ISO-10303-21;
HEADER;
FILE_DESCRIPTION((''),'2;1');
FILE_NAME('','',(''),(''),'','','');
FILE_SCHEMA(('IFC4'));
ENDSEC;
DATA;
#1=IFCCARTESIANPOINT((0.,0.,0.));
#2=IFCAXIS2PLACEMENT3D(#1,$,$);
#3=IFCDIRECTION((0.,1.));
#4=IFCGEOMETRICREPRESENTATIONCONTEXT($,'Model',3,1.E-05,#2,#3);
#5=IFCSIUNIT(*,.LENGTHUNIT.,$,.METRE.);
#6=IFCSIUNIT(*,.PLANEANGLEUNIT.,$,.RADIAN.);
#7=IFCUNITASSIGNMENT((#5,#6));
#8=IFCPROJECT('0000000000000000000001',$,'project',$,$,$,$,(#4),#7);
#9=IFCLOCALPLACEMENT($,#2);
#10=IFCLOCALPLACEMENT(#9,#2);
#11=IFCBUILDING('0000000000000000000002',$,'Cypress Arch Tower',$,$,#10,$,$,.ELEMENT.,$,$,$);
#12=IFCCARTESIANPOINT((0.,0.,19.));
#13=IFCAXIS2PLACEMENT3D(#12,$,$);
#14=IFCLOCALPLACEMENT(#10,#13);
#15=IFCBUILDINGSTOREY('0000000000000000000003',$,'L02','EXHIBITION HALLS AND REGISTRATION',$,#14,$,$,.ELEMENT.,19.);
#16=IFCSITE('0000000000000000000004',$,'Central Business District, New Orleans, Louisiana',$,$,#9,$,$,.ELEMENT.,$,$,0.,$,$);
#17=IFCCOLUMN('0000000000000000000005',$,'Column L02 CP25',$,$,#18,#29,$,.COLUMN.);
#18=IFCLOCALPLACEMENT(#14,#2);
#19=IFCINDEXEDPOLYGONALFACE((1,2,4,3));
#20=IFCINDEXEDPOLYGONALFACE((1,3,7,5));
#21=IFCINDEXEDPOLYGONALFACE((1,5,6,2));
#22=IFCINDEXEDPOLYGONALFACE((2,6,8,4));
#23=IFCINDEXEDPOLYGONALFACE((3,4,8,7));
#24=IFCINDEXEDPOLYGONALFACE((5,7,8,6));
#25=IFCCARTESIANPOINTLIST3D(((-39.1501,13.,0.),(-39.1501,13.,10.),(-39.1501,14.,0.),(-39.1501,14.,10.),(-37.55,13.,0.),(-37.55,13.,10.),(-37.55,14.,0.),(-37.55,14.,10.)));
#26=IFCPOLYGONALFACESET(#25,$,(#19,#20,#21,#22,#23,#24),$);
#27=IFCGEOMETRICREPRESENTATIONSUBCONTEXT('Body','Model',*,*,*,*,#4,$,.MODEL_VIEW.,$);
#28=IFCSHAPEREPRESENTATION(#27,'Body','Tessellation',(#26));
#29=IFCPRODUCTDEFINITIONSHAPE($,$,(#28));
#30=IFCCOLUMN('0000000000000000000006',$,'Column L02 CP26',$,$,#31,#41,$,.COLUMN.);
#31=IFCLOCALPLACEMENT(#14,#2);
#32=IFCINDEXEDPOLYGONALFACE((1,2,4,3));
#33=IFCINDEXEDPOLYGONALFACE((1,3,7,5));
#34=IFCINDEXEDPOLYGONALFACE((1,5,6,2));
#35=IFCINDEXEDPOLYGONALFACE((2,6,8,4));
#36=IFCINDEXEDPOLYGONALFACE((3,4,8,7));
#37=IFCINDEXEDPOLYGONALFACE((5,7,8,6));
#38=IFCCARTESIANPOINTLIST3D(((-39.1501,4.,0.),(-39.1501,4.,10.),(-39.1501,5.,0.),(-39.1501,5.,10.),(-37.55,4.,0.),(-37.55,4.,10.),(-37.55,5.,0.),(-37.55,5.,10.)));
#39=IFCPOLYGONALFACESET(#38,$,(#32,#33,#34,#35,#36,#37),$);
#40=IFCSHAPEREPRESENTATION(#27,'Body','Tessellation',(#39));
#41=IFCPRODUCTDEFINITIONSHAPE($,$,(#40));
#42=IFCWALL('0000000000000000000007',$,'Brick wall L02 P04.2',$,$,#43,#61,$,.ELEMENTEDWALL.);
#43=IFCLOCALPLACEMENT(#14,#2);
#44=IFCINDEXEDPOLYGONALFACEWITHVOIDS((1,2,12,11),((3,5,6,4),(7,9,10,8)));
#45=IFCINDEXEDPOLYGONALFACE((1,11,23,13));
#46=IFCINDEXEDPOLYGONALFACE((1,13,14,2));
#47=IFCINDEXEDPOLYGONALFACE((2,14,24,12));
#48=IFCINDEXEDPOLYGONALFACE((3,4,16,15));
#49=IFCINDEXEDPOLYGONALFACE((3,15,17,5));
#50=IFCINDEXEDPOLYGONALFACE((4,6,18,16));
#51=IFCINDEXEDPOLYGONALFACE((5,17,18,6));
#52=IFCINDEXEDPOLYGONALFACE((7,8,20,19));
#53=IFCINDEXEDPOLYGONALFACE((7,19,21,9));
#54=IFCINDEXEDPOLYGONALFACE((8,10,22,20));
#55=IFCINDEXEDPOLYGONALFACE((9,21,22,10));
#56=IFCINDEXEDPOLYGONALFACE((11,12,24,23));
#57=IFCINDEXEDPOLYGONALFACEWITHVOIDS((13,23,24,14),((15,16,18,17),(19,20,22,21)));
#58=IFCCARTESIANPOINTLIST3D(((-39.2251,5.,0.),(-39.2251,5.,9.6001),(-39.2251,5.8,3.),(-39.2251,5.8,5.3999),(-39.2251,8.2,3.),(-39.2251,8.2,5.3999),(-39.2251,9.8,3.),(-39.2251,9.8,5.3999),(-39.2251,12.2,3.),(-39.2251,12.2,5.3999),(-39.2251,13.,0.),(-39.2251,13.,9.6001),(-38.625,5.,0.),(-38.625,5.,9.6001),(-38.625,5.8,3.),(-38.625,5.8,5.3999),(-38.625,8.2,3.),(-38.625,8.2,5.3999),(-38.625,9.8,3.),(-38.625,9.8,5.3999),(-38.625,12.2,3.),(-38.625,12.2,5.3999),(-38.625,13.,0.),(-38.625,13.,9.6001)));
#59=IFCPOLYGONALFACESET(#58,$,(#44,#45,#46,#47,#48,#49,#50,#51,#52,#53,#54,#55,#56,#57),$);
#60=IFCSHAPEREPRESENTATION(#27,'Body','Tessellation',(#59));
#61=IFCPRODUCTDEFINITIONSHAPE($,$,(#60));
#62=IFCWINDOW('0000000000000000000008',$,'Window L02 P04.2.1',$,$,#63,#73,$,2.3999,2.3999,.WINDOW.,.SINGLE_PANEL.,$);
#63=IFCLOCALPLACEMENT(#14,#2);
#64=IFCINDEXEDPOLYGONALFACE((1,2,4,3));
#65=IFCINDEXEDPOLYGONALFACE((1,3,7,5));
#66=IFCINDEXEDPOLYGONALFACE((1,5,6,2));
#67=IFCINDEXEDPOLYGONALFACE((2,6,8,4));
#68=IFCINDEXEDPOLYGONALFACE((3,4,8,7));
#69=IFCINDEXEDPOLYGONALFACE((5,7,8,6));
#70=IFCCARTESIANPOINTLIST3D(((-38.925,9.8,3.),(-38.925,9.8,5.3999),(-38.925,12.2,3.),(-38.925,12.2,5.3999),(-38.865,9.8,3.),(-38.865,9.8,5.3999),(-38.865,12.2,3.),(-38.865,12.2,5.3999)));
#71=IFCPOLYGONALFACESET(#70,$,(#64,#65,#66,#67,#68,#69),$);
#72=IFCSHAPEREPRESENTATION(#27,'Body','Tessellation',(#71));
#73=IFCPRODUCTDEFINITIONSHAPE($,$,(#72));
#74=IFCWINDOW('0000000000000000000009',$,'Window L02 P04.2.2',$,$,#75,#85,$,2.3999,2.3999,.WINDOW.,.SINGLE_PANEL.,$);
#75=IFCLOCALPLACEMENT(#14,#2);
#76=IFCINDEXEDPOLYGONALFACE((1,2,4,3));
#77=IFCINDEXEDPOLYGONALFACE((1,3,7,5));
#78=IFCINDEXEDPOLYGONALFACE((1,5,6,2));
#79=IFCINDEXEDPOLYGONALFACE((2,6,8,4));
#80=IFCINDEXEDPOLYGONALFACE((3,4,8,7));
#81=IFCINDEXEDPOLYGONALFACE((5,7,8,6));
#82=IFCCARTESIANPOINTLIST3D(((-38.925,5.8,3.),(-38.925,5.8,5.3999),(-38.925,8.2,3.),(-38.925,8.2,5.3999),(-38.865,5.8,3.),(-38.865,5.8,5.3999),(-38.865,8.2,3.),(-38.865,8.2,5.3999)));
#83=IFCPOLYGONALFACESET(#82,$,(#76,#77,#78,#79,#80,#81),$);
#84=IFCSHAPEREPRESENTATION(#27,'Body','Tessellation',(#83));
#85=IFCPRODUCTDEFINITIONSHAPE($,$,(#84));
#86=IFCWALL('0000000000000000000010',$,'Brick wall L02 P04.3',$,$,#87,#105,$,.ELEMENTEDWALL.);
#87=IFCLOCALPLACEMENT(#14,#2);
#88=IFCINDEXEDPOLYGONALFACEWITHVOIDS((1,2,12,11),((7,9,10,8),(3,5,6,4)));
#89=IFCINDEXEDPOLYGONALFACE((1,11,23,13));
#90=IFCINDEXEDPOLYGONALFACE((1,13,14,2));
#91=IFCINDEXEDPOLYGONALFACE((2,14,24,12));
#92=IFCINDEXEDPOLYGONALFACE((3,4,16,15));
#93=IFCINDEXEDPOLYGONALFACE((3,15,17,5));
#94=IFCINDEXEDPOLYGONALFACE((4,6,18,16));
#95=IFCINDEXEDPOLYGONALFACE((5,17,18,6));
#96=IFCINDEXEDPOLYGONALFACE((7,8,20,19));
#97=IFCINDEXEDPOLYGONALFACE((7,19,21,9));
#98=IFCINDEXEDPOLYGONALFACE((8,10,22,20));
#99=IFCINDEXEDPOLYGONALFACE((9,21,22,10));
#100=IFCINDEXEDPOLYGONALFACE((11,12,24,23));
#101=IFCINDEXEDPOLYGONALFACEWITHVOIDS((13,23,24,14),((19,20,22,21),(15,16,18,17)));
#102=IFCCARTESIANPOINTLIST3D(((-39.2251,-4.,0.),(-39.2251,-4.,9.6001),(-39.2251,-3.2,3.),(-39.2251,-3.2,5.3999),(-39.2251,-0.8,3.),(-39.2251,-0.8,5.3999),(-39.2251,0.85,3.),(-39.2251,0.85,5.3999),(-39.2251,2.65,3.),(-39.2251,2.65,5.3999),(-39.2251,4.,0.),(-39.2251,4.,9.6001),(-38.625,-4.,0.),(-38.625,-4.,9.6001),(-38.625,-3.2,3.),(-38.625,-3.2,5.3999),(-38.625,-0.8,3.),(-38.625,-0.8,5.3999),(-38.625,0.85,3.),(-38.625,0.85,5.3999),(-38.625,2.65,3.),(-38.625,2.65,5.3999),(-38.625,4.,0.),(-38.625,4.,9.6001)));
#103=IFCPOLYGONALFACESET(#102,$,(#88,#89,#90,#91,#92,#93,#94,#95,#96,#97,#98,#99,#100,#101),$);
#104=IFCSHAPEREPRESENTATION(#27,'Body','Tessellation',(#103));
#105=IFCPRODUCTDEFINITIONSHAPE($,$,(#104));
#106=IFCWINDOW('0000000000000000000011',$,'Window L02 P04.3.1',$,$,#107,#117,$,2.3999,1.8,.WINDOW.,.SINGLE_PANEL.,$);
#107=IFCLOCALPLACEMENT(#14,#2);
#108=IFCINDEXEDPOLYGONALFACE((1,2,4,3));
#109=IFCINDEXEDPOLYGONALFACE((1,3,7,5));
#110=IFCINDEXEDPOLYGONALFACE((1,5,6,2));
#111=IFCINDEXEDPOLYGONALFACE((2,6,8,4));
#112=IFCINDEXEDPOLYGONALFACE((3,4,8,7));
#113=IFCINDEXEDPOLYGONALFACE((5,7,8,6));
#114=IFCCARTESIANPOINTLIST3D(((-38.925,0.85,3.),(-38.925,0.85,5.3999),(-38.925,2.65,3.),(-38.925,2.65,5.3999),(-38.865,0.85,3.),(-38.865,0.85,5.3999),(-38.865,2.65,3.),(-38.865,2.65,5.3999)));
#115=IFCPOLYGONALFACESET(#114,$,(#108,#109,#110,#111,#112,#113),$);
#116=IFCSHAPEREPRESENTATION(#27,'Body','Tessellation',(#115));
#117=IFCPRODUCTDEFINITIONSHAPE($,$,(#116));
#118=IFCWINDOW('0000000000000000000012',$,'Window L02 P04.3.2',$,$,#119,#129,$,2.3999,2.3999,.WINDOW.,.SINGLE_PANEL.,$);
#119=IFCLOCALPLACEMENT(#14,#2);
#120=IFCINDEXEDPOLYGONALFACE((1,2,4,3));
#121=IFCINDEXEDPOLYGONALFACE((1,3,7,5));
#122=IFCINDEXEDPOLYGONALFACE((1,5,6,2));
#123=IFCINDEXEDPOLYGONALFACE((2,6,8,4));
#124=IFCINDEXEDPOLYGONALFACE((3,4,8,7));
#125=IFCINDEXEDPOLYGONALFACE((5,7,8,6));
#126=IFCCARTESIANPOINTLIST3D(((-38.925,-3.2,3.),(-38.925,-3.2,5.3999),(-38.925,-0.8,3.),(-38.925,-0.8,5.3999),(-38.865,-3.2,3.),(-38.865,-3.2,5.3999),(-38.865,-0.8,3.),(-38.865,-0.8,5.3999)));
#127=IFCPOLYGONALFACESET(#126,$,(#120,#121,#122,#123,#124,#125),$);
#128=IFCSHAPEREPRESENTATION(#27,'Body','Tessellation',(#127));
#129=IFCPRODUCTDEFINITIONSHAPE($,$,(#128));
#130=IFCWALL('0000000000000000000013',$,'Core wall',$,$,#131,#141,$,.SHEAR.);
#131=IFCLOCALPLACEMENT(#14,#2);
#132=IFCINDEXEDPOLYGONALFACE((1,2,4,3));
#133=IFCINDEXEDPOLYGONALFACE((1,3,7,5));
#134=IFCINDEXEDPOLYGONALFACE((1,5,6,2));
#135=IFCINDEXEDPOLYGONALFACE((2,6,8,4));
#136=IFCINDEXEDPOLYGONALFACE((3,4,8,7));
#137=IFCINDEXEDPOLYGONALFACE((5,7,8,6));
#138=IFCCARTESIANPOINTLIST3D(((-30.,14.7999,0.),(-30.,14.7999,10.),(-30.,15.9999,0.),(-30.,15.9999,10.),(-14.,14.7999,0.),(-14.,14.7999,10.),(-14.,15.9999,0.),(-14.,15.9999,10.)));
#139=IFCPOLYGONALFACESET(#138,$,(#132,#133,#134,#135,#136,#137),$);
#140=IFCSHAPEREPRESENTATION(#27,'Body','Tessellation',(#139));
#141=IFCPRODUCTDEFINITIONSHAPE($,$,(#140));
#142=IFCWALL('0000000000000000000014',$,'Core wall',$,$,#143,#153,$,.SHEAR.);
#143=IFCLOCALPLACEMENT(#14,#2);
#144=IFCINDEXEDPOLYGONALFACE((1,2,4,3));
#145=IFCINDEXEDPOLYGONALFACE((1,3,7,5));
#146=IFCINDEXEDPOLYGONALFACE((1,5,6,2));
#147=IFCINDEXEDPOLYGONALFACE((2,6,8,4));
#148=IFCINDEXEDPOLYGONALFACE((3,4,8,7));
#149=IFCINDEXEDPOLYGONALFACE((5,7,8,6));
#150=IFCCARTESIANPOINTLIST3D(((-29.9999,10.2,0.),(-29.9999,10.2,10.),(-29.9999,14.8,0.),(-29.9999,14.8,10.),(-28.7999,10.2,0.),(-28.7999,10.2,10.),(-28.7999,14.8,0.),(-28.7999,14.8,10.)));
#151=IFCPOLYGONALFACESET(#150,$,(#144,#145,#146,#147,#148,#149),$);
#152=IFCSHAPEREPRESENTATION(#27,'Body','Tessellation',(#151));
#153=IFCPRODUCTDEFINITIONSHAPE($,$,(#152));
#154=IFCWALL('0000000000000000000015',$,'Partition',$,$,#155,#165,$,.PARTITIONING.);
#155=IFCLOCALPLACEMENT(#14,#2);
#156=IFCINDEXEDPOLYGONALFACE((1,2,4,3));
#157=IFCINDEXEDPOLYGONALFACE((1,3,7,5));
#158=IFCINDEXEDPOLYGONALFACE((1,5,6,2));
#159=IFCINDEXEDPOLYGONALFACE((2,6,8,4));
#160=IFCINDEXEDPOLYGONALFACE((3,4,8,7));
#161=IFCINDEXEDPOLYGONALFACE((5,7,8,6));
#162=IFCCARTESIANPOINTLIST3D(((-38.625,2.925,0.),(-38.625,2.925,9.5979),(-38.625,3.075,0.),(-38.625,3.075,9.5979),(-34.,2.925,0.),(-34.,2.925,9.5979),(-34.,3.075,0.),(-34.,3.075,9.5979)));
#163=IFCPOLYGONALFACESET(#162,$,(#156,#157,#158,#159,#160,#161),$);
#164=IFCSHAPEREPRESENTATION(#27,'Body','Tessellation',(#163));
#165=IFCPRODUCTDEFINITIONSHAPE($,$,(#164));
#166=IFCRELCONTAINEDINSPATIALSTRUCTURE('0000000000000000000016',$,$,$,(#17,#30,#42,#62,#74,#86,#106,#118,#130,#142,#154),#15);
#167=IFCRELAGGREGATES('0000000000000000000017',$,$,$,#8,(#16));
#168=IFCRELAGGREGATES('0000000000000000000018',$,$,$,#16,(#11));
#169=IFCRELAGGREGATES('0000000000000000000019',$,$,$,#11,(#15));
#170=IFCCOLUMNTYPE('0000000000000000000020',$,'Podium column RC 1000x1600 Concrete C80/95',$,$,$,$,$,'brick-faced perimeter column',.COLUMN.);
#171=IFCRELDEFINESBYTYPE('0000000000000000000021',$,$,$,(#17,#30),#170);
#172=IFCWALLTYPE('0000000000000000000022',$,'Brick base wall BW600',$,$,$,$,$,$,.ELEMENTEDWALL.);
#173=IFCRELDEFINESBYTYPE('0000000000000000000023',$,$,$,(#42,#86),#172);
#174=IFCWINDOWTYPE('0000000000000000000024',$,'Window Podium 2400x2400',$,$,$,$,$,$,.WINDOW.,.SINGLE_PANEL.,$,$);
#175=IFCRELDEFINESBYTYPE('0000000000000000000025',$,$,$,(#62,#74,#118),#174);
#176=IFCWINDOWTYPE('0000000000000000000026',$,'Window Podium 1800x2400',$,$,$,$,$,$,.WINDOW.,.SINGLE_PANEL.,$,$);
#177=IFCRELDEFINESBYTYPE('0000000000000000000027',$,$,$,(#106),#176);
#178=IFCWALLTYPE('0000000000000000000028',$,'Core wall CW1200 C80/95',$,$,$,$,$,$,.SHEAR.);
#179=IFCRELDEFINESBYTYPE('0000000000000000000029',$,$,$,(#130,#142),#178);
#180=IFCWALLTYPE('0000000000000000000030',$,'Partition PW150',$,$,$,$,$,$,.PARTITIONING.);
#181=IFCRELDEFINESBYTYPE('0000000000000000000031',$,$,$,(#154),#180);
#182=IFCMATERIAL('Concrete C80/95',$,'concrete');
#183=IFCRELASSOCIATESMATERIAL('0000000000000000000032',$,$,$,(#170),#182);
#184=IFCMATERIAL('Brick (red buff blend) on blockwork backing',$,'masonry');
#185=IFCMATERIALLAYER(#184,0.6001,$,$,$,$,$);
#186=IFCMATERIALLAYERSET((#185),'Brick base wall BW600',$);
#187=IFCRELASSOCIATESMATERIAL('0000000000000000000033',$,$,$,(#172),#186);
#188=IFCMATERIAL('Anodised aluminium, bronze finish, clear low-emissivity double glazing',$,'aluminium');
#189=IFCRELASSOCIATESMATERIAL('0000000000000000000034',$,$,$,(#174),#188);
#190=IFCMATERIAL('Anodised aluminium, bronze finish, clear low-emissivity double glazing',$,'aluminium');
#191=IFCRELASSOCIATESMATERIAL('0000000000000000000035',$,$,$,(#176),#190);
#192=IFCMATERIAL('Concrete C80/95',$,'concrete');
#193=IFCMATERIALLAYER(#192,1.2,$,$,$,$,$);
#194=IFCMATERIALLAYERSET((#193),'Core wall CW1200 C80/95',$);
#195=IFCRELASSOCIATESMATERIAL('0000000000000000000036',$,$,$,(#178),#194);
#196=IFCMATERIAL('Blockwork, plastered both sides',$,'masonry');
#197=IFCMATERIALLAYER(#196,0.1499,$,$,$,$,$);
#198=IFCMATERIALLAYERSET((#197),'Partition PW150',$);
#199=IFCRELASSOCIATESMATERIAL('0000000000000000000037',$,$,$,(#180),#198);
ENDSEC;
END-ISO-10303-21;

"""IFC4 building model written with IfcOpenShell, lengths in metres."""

from ifc_helpers import new_model, si_unit, direction, frame, frame_2d, origin, origin_2d, place, context, subcontext, project, spatial, rectangle, extrude, material, layer, layer_set, material_profile, profile_set, type_object, element, fill, save


model = new_model("IFC4")

# Units and contexts
model_context = context("Model", 3, precision=1e-05, world=origin(), true_north=direction((0.0, 1.0)))
body_context = subcontext(model_context, "Body", "Model", "MODEL_VIEW")
ifc_project = project(units=[si_unit("LENGTHUNIT", "METRE"), si_unit("PLANEANGLEUNIT", "RADIAN")], contexts=[model_context])

# Site, building, storey
site_placement = place(None, origin())
site = spatial("IfcSite", under=ifc_project, at=site_placement, Name="Central Business District, New Orleans, Louisiana", CompositionType="ELEMENT", RefElevation=0.0)
building_placement = place(site_placement, origin())
building = spatial("IfcBuilding", under=site, at=building_placement, Name="Cypress Arch Tower", CompositionType="ELEMENT")
storey_placement = place(building_placement, frame((0.0, 0.0, 19.0)))
storey = spatial("IfcBuildingStorey", under=building, at=storey_placement, Name="L02", Description="EXHIBITION HALLS AND REGISTRATION", CompositionType="ELEMENT", Elevation=19.0)

# Columns
ifc_material_1 = material(Name="Concrete C80/95", Category="concrete")
ifc_material_profile = material_profile(ifc_material_1, rectangle(XDim=1.0, YDim=1.6001, at=origin_2d()), Name="RC 1000x1600")
ifc_profile_set = profile_set([ifc_material_profile], Name="Concrete C80/95")
column_type = type_object("IfcColumnType", Name="Podium column RC 1000x1600 Concrete C80/95", ElementType="brick-faced perimeter column", PredefinedType="COLUMN", material=ifc_profile_set)
for number, where, z_axis, x_axis, name in (
    (1, (-38.3501, 13.5, 0.0), (0.0, 0.0, 1.0), (0.0, -1.0, 0.0), "Column L02 CP25"),
    (2, (-38.3501, 4.5, 0.0), (0.0, 0.0, 1.0), (0.0, -1.0, 0.0), "Column L02 CP26"),
):
    element("IfcColumn", number, at=place(storey_placement, frame(where, z_axis=z_axis, x_axis=x_axis)), inside=storey, type_object=column_type, Name=name, PredefinedType="COLUMN", context=body_context, shape_type="SweptSolid", body=[
        extrude(rectangle(XDim=1.0, YDim=1.6001, at=origin_2d()), origin(), (0.0, 0.0, 1.0), 10.0),
    ])

# Walls, openings, windows
ifc_material_2 = material(Name="Brick (red buff blend) on blockwork backing", Category="masonry")
ifc_layer_1 = layer(ifc_material_2, 0.6001)
ifc_layer_set_1 = layer_set([ifc_layer_1], Name="Brick base wall BW600")
wall_type_1 = type_object("IfcWallType", Name="Brick base wall BW600", PredefinedType="ELEMENTEDWALL", material=ifc_layer_set_1)
wall_1_placement = place(storey_placement, frame((-38.925, 13.0, 0.0), z_axis=(0.0, 0.0, 1.0), x_axis=(0.0, -1.0, 0.0)))
wall_1 = element("IfcWall", 3, at=wall_1_placement, inside=storey, type_object=wall_type_1, Name="Brick wall L02 P04.2", PredefinedType="ELEMENTEDWALL", context=body_context, shape_type="SweptSolid", body=[
    extrude(rectangle(XDim=8.0, YDim=0.6001, at=frame_2d((4.0, 0.0))), origin(), (0.0, 0.0, 1.0), 9.6001),
])
opening_1_placement = place(wall_1_placement, frame((0.8, 0.0, 3.0)))
opening_1 = element("IfcOpeningElement", 4, at=opening_1_placement, cuts=wall_1, PredefinedType="OPENING", context=body_context, shape_type="SweptSolid", body=[
    extrude(rectangle(XDim=2.3999, YDim=2.3999, at=frame_2d((1.2, 1.2))), frame((0.0, 0.3101, 0.0), z_axis=(0.0, -1.0, 0.0), x_axis=(1.0, 0.0, 0.0)), (0.0, 0.0, 1.0), 0.6201),
])
opening_2_placement = place(wall_1_placement, frame((4.8, 0.0, 3.0)))
opening_2 = element("IfcOpeningElement", 5, at=opening_2_placement, cuts=wall_1, PredefinedType="OPENING", context=body_context, shape_type="SweptSolid", body=[
    extrude(rectangle(XDim=2.3999, YDim=2.3999, at=frame_2d((1.2, 1.2))), frame((0.0, 0.3101, 0.0), z_axis=(0.0, -1.0, 0.0), x_axis=(1.0, 0.0, 0.0)), (0.0, 0.0, 1.0), 0.6201),
])
ifc_material_3 = material(Name="Anodised aluminium, bronze finish, clear low-emissivity double glazing", Category="aluminium")
window_type_1 = type_object("IfcWindowType", Name="Window Podium 2400x2400", PartitioningType="SINGLE_PANEL", PredefinedType="WINDOW", material=ifc_material_3)
window_1_placement = place(opening_1_placement, origin())
window_1 = element("IfcWindow", 6, at=window_1_placement, inside=storey, type_object=window_type_1, Name="Window L02 P04.2.1", OverallHeight=2.3999, OverallWidth=2.3999, PartitioningType="SINGLE_PANEL", PredefinedType="WINDOW", context=body_context, shape_type="SweptSolid", body=[
    extrude(rectangle(XDim=2.3999, YDim=2.3999, at=frame_2d((1.2, 1.2))), frame((0.0, 0.0601, 0.0), z_axis=(0.0, -1.0, 0.0), x_axis=(1.0, 0.0, 0.0)), (0.0, 0.0, 1.0), 0.0601),
])
fill(opening_1, window_1)
window_2_placement = place(opening_2_placement, origin())
window_2 = element("IfcWindow", 7, at=window_2_placement, inside=storey, type_object=window_type_1, Name="Window L02 P04.2.2", OverallHeight=2.3999, OverallWidth=2.3999, PartitioningType="SINGLE_PANEL", PredefinedType="WINDOW", context=body_context, shape_type="SweptSolid", body=[
    extrude(rectangle(XDim=2.3999, YDim=2.3999, at=frame_2d((1.2, 1.2))), frame((0.0, 0.0601, 0.0), z_axis=(0.0, -1.0, 0.0), x_axis=(1.0, 0.0, 0.0)), (0.0, 0.0, 1.0), 0.0601),
])
fill(opening_2, window_2)
wall_2_placement = place(storey_placement, frame((-38.925, 4.0, 0.0), z_axis=(0.0, 0.0, 1.0), x_axis=(0.0, -1.0, 0.0)))
wall_2 = element("IfcWall", 8, at=wall_2_placement, inside=storey, type_object=wall_type_1, Name="Brick wall L02 P04.3", PredefinedType="ELEMENTEDWALL", context=body_context, shape_type="SweptSolid", body=[
    extrude(rectangle(XDim=8.0, YDim=0.6001, at=frame_2d((4.0, 0.0))), origin(), (0.0, 0.0, 1.0), 9.6001),
])
opening_3_placement = place(wall_2_placement, frame((4.8, 0.0, 3.0)))
opening_3 = element("IfcOpeningElement", 9, at=opening_3_placement, cuts=wall_2, PredefinedType="OPENING", context=body_context, shape_type="SweptSolid", body=[
    extrude(rectangle(XDim=2.3999, YDim=2.3999, at=frame_2d((1.2, 1.2))), frame((0.0, 0.3101, 0.0), z_axis=(0.0, -1.0, 0.0), x_axis=(1.0, 0.0, 0.0)), (0.0, 0.0, 1.0), 0.6201),
])
opening_4_placement = place(wall_2_placement, frame((1.3501, 0.0, 3.0)))
opening_4 = element("IfcOpeningElement", 10, at=opening_4_placement, cuts=wall_2, PredefinedType="OPENING", context=body_context, shape_type="SweptSolid", body=[
    extrude(rectangle(XDim=1.8, YDim=2.3999, at=frame_2d((0.8999, 1.2))), frame((0.0, 0.3101, 0.0), z_axis=(0.0, -1.0, 0.0), x_axis=(1.0, 0.0, 0.0)), (0.0, 0.0, 1.0), 0.6201),
])
ifc_material_4 = material(Name="Anodised aluminium, bronze finish, clear low-emissivity double glazing", Category="aluminium")
window_type_2 = type_object("IfcWindowType", Name="Window Podium 1800x2400", PartitioningType="SINGLE_PANEL", PredefinedType="WINDOW", material=ifc_material_4)
window_3_placement = place(opening_4_placement, origin())
window_3 = element("IfcWindow", 11, at=window_3_placement, inside=storey, type_object=window_type_2, Name="Window L02 P04.3.1", OverallHeight=2.3999, OverallWidth=1.8, PartitioningType="SINGLE_PANEL", PredefinedType="WINDOW", context=body_context, shape_type="SweptSolid", body=[
    extrude(rectangle(XDim=1.8, YDim=2.3999, at=frame_2d((0.8999, 1.2))), frame((0.0, 0.0601, 0.0), z_axis=(0.0, -1.0, 0.0), x_axis=(1.0, 0.0, 0.0)), (0.0, 0.0, 1.0), 0.0601),
])
fill(opening_4, window_3)
window_4_placement = place(opening_3_placement, origin())
window_4 = element("IfcWindow", 12, at=window_4_placement, inside=storey, type_object=window_type_1, Name="Window L02 P04.3.2", OverallHeight=2.3999, OverallWidth=2.3999, PartitioningType="SINGLE_PANEL", PredefinedType="WINDOW", context=body_context, shape_type="SweptSolid", body=[
    extrude(rectangle(XDim=2.3999, YDim=2.3999, at=frame_2d((1.2, 1.2))), frame((0.0, 0.0601, 0.0), z_axis=(0.0, -1.0, 0.0), x_axis=(1.0, 0.0, 0.0)), (0.0, 0.0, 1.0), 0.0601),
])
fill(opening_3, window_4)

# Walls
ifc_material_5 = material(Name="Concrete C80/95", Category="concrete")
ifc_layer_2 = layer(ifc_material_5, 1.2)
ifc_layer_set_2 = layer_set([ifc_layer_2], Name="Core wall CW1200 C80/95")
wall_type_2 = type_object("IfcWallType", Name="Core wall CW1200 C80/95", PredefinedType="SHEAR", material=ifc_layer_set_2)
wall_3_placement = place(storey_placement, frame((-30.0, 15.3999, 0.0), z_axis=(0.0, 0.0, 1.0), x_axis=(1.0, 0.0, 0.0)))
element("IfcWall", 13, at=wall_3_placement, inside=storey, type_object=wall_type_2, Name="Core wall", PredefinedType="SHEAR", context=body_context, shape_type="SweptSolid", body=[
    extrude(rectangle(XDim=16.0, YDim=1.2, at=frame_2d((8.0, 0.0))), origin(), (0.0, 0.0, 1.0), 10.0),
])
wall_4_placement = place(storey_placement, frame((-29.3999, 10.2, 0.0), z_axis=(0.0, 0.0, 1.0), x_axis=(0.0, 1.0, 0.0)))
element("IfcWall", 14, at=wall_4_placement, inside=storey, type_object=wall_type_2, Name="Core wall", PredefinedType="SHEAR", context=body_context, shape_type="SweptSolid", body=[
    extrude(rectangle(XDim=4.6001, YDim=1.2, at=frame_2d((2.3, 0.0))), origin(), (0.0, 0.0, 1.0), 10.0),
])
ifc_material_6 = material(Name="Blockwork, plastered both sides", Category="masonry")
ifc_layer_3 = layer(ifc_material_6, 0.1499)
ifc_layer_set_3 = layer_set([ifc_layer_3], Name="Partition PW150")
wall_type_3 = type_object("IfcWallType", Name="Partition PW150", PredefinedType="PARTITIONING", material=ifc_layer_set_3)
wall_5_placement = place(storey_placement, frame((-38.625, 3.0, 0.0), z_axis=(0.0, 0.0, 1.0), x_axis=(1.0, 0.0, 0.0)))
element("IfcWall", 15, at=wall_5_placement, inside=storey, type_object=wall_type_3, Name="Partition", PredefinedType="PARTITIONING", context=body_context, shape_type="SweptSolid", body=[
    extrude(rectangle(XDim=4.625, YDim=0.1499, at=frame_2d((2.3125, 0.0))), origin(), (0.0, 0.0, 1.0), 9.5979),
])

save(model, "model.ifc")
